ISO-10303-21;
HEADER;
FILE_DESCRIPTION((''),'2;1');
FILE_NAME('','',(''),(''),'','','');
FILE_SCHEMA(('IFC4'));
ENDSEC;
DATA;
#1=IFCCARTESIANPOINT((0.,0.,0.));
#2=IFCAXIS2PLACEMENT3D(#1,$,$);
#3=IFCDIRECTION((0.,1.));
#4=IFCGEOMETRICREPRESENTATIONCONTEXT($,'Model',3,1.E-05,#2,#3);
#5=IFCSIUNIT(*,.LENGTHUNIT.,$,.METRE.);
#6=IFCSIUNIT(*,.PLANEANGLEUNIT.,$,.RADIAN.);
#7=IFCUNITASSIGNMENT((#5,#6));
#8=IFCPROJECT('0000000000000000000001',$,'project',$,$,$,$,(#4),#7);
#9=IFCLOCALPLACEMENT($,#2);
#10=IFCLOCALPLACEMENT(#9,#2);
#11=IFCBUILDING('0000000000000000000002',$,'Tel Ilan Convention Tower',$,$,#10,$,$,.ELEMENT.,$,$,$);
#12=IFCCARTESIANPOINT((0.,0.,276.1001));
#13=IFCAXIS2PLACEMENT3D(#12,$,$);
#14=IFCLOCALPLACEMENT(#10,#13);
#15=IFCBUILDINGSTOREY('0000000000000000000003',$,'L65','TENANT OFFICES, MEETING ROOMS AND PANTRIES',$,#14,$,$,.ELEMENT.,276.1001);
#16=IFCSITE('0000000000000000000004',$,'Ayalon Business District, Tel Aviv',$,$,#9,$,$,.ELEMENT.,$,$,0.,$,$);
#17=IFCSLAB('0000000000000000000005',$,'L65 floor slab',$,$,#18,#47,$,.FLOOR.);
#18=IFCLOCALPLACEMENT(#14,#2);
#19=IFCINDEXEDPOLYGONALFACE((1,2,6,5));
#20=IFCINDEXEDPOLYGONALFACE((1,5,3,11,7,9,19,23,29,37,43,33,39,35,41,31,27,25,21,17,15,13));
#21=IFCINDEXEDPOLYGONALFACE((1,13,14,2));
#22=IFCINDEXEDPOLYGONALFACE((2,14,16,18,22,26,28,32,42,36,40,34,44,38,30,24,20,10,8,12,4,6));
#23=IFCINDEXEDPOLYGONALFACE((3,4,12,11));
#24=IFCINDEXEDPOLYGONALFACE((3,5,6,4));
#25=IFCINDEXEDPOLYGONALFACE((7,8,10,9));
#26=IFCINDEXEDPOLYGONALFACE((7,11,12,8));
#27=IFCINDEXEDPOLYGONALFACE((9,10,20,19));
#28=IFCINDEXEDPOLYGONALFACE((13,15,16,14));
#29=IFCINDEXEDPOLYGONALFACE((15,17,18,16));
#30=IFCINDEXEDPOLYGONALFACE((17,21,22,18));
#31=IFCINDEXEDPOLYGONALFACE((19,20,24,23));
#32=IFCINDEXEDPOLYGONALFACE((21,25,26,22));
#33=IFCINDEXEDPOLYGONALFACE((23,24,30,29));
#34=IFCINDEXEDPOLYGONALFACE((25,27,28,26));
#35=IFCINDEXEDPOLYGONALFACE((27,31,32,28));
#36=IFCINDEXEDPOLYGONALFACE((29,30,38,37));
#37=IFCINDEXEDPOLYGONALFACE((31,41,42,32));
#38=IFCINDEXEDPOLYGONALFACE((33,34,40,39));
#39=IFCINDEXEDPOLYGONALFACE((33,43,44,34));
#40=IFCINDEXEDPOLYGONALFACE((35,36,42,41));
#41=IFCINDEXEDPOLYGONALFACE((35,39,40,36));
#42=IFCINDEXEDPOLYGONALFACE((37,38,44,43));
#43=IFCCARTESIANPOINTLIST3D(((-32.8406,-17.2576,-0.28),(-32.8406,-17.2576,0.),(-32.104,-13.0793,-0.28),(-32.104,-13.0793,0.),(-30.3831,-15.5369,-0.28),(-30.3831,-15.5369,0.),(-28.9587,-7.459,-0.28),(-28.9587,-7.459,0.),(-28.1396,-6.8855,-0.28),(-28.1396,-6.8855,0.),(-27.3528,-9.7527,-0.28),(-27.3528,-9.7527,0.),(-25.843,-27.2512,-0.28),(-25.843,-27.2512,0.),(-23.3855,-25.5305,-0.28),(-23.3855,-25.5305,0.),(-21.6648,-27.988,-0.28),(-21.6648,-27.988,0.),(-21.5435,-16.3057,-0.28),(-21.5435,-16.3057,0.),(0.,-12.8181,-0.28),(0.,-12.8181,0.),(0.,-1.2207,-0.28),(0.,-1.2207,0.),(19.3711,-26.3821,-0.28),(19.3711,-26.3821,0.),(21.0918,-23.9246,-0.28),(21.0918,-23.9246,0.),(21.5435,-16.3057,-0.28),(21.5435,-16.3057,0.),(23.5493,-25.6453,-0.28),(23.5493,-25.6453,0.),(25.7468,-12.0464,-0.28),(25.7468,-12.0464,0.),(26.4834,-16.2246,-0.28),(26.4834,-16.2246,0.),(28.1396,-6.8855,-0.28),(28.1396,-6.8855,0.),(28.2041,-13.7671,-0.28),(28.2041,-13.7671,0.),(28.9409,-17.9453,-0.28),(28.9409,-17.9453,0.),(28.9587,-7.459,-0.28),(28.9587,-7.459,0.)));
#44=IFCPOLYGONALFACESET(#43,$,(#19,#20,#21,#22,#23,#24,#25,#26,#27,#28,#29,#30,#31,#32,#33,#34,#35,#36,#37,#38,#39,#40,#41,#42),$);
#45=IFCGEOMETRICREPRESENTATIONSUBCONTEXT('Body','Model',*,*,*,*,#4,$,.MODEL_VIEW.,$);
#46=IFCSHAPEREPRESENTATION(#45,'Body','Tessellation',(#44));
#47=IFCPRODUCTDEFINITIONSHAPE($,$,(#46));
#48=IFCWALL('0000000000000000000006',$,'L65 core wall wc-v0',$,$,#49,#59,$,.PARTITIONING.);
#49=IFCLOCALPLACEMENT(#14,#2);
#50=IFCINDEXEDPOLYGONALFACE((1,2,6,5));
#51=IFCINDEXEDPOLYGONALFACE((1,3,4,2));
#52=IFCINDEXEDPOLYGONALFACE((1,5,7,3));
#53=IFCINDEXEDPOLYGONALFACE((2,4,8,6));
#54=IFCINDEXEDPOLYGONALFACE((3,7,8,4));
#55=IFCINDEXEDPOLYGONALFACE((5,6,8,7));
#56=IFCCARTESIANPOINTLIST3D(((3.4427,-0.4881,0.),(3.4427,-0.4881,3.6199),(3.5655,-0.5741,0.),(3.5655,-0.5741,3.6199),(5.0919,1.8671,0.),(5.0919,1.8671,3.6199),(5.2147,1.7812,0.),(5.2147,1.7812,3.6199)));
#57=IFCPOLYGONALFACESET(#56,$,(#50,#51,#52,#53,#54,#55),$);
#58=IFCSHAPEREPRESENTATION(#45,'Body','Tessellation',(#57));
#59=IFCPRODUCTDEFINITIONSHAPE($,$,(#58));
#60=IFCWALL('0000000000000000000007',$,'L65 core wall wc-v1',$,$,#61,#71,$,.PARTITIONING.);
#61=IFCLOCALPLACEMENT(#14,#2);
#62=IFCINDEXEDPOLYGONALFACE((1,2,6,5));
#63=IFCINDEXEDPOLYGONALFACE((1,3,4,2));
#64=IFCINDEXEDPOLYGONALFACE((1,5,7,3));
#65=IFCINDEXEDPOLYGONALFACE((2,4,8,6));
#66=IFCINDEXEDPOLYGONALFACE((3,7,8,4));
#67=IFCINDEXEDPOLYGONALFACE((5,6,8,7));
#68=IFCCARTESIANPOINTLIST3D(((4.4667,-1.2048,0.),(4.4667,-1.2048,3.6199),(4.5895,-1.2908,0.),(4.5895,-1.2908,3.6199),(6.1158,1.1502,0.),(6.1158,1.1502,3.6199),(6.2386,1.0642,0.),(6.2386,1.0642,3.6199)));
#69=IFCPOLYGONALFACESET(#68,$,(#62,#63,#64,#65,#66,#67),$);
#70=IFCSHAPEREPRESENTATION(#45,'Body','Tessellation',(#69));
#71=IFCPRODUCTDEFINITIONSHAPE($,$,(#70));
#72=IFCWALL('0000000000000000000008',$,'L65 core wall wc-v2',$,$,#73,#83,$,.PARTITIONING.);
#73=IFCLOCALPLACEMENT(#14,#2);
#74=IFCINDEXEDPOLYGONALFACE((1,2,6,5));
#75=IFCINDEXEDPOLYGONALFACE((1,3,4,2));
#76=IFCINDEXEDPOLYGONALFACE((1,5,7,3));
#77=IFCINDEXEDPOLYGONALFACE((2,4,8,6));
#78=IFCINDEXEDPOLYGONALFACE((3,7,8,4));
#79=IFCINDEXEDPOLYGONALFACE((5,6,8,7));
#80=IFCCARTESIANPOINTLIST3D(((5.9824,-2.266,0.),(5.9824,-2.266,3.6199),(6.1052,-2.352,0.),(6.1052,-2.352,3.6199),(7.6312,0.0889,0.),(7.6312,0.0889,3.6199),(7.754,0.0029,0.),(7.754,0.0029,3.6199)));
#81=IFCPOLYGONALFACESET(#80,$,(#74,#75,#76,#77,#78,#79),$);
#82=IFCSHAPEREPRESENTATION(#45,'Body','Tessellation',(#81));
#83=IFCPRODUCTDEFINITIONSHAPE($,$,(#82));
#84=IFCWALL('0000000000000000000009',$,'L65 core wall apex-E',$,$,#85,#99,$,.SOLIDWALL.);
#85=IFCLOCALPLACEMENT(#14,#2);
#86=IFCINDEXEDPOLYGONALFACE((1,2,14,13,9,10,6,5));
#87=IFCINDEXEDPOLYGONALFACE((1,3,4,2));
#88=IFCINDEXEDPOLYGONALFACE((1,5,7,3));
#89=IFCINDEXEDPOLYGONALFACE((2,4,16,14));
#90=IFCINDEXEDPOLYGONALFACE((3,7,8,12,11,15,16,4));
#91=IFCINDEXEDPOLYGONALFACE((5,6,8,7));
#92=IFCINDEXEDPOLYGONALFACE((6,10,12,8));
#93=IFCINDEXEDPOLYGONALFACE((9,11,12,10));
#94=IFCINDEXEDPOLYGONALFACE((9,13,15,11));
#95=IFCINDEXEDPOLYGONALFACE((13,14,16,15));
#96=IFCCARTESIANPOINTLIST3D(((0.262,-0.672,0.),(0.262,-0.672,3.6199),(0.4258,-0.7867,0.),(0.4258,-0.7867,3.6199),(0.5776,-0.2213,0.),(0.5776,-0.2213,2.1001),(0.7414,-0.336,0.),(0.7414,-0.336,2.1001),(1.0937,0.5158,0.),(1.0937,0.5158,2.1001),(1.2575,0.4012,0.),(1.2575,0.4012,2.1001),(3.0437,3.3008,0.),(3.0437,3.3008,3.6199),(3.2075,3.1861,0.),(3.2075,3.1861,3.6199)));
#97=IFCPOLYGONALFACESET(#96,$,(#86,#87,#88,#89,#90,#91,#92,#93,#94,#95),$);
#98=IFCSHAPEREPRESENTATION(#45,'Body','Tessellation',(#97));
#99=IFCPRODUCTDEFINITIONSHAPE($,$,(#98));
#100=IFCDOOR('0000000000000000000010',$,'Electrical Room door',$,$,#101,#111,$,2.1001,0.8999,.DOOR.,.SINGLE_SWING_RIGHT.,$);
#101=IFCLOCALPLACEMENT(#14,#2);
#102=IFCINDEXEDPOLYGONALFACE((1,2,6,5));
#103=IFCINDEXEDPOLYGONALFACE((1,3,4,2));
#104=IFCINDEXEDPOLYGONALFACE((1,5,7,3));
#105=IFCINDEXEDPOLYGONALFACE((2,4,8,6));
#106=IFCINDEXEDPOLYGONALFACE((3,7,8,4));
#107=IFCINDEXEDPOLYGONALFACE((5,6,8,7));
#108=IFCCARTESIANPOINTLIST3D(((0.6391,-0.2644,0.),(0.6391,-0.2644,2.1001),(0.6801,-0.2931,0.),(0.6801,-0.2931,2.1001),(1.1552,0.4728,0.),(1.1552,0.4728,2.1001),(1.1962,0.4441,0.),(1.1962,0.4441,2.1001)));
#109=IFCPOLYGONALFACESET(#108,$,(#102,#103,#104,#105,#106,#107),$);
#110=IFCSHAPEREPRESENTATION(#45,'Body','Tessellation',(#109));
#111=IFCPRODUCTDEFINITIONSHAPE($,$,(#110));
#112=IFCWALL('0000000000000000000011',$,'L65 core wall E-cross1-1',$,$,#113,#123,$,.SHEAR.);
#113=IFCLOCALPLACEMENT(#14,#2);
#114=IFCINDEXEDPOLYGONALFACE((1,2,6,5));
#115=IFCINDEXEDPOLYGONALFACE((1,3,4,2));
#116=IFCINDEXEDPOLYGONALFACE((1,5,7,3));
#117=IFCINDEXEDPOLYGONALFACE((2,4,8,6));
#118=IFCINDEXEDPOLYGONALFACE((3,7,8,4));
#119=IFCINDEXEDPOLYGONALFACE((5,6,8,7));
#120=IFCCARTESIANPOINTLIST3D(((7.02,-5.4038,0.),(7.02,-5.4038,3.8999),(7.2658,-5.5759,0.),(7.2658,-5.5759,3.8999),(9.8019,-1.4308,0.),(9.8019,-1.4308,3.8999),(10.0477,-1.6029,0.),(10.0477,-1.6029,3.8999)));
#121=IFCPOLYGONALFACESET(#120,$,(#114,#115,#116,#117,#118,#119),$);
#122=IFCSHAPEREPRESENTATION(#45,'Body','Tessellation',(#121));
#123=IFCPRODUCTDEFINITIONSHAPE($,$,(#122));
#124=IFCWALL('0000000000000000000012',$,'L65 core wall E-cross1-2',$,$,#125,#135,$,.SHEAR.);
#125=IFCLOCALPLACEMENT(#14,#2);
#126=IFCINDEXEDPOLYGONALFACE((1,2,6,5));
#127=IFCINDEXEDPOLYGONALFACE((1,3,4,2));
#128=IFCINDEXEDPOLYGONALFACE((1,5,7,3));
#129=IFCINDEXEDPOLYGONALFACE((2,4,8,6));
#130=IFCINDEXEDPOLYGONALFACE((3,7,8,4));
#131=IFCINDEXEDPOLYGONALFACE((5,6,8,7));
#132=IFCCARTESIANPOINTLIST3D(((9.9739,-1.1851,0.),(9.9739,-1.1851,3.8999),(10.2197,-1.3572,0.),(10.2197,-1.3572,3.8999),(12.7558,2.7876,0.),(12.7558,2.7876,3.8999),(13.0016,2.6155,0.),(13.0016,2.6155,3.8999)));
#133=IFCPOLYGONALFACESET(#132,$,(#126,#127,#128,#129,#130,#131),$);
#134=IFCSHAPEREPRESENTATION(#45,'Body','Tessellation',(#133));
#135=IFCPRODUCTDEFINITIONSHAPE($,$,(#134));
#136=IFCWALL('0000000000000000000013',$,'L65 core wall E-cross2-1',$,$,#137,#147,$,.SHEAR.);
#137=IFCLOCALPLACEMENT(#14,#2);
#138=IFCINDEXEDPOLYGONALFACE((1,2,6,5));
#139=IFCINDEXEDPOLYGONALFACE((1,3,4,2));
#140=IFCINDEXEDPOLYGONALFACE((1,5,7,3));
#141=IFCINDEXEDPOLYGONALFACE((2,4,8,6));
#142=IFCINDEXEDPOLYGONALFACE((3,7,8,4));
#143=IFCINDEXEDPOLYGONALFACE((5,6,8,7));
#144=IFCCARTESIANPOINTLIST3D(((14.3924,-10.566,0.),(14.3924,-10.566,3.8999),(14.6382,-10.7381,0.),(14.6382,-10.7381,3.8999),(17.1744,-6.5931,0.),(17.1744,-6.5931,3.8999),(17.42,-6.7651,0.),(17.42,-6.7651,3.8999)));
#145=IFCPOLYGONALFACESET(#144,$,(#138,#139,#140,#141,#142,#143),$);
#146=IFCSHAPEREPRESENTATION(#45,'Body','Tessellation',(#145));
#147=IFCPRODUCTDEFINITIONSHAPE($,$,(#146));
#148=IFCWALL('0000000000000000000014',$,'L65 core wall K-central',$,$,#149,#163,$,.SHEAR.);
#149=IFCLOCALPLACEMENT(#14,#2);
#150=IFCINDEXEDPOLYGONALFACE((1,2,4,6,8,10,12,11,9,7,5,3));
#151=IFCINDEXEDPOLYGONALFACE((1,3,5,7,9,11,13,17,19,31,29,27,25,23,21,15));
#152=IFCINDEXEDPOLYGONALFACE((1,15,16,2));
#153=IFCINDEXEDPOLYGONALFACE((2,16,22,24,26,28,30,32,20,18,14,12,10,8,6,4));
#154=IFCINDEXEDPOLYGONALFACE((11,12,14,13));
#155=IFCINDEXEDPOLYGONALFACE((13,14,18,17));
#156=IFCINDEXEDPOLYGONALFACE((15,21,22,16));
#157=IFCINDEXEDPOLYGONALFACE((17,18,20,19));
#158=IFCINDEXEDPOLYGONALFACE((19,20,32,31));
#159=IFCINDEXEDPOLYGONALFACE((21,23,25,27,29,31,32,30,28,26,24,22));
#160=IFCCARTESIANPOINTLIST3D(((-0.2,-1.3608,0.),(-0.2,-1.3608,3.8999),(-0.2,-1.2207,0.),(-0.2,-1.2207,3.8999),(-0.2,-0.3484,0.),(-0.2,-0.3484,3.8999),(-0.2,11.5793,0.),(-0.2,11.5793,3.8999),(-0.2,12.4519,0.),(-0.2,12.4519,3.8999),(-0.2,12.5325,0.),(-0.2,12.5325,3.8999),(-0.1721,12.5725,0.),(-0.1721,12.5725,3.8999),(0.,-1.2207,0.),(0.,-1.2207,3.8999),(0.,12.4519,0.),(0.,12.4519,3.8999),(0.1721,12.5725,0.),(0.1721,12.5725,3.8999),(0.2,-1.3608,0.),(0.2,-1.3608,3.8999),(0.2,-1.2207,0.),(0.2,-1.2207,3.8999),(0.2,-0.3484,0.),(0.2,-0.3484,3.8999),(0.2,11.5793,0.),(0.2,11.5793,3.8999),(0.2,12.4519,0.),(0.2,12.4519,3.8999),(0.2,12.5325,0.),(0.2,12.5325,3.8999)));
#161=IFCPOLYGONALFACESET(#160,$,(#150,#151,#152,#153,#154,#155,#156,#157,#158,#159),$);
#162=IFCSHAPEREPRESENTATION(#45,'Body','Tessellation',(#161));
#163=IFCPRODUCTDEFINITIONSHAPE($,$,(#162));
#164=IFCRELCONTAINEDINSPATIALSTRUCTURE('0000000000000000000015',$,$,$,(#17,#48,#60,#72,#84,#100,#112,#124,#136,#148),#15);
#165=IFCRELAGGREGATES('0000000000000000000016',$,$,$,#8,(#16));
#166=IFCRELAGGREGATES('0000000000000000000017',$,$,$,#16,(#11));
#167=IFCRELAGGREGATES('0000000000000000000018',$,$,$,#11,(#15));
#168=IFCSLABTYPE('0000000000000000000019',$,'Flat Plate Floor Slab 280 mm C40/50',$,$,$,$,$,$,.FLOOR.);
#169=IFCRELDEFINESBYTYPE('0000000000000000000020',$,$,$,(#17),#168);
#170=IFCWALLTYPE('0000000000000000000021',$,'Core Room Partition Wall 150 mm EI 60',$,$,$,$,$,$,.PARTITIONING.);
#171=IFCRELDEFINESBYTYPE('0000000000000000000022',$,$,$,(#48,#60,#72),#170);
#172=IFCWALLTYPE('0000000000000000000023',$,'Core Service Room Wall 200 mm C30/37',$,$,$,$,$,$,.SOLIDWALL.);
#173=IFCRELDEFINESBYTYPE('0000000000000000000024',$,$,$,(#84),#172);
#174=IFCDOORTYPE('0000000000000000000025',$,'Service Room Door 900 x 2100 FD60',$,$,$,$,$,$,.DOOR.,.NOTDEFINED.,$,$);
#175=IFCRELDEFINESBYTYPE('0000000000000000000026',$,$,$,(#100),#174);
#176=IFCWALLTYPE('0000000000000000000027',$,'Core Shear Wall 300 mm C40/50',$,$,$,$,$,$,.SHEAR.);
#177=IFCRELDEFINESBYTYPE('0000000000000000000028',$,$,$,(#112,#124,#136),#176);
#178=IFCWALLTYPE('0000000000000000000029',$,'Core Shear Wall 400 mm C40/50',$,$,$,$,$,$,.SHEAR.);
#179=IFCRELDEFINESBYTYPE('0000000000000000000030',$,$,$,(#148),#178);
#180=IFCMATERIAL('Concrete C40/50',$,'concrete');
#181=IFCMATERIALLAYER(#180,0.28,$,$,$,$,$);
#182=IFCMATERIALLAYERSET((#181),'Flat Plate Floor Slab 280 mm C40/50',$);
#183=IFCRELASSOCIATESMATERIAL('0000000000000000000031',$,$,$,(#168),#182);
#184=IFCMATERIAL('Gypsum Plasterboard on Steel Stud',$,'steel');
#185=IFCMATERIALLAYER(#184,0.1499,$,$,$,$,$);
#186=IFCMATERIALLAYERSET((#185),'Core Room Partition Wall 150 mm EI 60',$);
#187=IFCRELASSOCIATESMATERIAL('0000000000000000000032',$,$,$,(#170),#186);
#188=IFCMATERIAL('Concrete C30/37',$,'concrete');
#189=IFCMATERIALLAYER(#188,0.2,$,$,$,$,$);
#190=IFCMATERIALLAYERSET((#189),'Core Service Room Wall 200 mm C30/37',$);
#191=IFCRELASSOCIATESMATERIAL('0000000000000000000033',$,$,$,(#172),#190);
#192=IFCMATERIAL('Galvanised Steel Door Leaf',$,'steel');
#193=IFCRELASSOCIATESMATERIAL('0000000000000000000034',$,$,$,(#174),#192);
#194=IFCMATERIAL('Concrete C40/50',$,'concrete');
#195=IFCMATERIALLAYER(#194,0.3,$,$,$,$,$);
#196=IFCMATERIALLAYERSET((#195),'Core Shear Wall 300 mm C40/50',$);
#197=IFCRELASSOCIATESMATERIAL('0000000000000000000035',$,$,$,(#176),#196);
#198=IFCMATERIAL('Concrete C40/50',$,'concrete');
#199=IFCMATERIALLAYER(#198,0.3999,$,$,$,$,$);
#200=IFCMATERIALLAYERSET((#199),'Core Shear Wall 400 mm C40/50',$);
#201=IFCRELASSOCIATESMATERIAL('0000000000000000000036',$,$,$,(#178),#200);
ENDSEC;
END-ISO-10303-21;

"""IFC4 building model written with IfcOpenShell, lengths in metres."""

from ifc_helpers import new_model, si_unit, direction, frame, frame_2d, origin, place, context, subcontext, project, spatial, polyline, rectangle, outline, extrude, material, layer, layer_set, type_object, element, fill, save


model = new_model("IFC4")

# Units and contexts
model_context = context("Model", 3, precision=1e-05, world=origin(), true_north=direction((0.0, 1.0)))
body_context = subcontext(model_context, "Body", "Model", "MODEL_VIEW")
ifc_project = project(units=[si_unit("LENGTHUNIT", "METRE"), si_unit("PLANEANGLEUNIT", "RADIAN")], contexts=[model_context])

# Site, building, storey
site_placement = place(None, origin())
site = spatial("IfcSite", under=ifc_project, at=site_placement, Name="Ayalon Business District, Tel Aviv", CompositionType="ELEMENT", RefElevation=0.0)
building_placement = place(site_placement, origin())
building = spatial("IfcBuilding", under=site, at=building_placement, Name="Tel Ilan Convention Tower", CompositionType="ELEMENT")
storey_placement = place(building_placement, frame((0.0, 0.0, 276.1001)))
storey = spatial("IfcBuildingStorey", under=building, at=storey_placement, Name="L65", Description="TENANT OFFICES, MEETING ROOMS AND PANTRIES", CompositionType="ELEMENT", Elevation=276.1001)

# Slab
ifc_material_1 = material(Name="Concrete C40/50", Category="concrete")
ifc_layer_1 = layer(ifc_material_1, 0.28)
ifc_layer_set_1 = layer_set([ifc_layer_1], Name="Flat Plate Floor Slab 280 mm C40/50")
slab_type_1 = type_object("IfcSlabType", Name="Flat Plate Floor Slab 280 mm C40/50", PredefinedType="FLOOR", material=ifc_layer_set_1)
slab_1_placement = place(storey_placement, frame((0.0, 0.0, -0.28)))
element("IfcSlab", 1, at=slab_1_placement, inside=storey, type_object=slab_type_1, Name="L65 floor slab", PredefinedType="FLOOR", context=body_context, shape_type="SweptSolid", body=[
    extrude(outline(polyline([(-21.5435, -16.3057), (0.0, -1.2207), (21.5435, -16.3057), (28.1396, -6.8855), (28.9587, -7.459), (25.7468, -12.0464), (28.2041, -13.7671), (26.4834, -16.2246), (28.9409, -17.9453), (23.5493, -25.6453), (21.0918, -23.9246), (19.3711, -26.3821), (0.0, -12.8181), (-21.6648, -27.988), (-23.3855, -25.5305), (-25.843, -27.2512), (-32.8406, -17.2576), (-30.3831, -15.5369), (-32.104, -13.0793), (-27.3528, -9.7527), (-28.9587, -7.459), (-28.1396, -6.8855), (-21.5435, -16.3057)])), origin(), (0.0, 0.0, 1.0), 0.28),
])

# Walls
ifc_material_2 = material(Name="Gypsum Plasterboard on Steel Stud", Category="steel")
ifc_layer_2 = layer(ifc_material_2, 0.1499)
ifc_layer_set_2 = layer_set([ifc_layer_2], Name="Core Room Partition Wall 150 mm EI 60")
wall_type_1 = type_object("IfcWallType", Name="Core Room Partition Wall 150 mm EI 60", PredefinedType="PARTITIONING", material=ifc_layer_set_2)
wall_1_placement = place(storey_placement, frame((3.5042, -0.531, 0.0), z_axis=(0.0, 0.0, 1.0), x_axis=(0.573582, 0.819148, 0.0)))
element("IfcWall", 2, at=wall_1_placement, inside=storey, type_object=wall_type_1, Name="L65 core wall wc-v0", PredefinedType="PARTITIONING", context=body_context, shape_type="SweptSolid", body=[
    extrude(rectangle(XDim=2.8752, YDim=0.1499, at=frame_2d((1.4375, 0.0))), origin(), (0.0, 0.0, 1.0), 3.6199),
])
wall_2_placement = place(storey_placement, frame((4.5281, -1.2478, 0.0), z_axis=(0.0, 0.0, 1.0), x_axis=(0.573622, 0.81912, 0.0)))
element("IfcWall", 3, at=wall_2_placement, inside=storey, type_object=wall_type_1, Name="L65 core wall wc-v1", PredefinedType="PARTITIONING", context=body_context, shape_type="SweptSolid", body=[
    extrude(rectangle(XDim=2.875, YDim=0.1499, at=frame_2d((1.4375, 0.0))), origin(), (0.0, 0.0, 1.0), 3.6199),
])
wall_3_placement = place(storey_placement, frame((6.0437, -2.3091, 0.0), z_axis=(0.0, 0.0, 1.0), x_axis=(0.573565, 0.81916, 0.0)))
element("IfcWall", 4, at=wall_3_placement, inside=storey, type_object=wall_type_1, Name="L65 core wall wc-v2", PredefinedType="PARTITIONING", context=body_context, shape_type="SweptSolid", body=[
    extrude(rectangle(XDim=2.8748, YDim=0.1499, at=frame_2d((1.4375, 0.0))), origin(), (0.0, 0.0, 1.0), 3.6199),
])

# Wall, opening, door
ifc_material_3 = material(Name="Concrete C30/37", Category="concrete")
ifc_layer_3 = layer(ifc_material_3, 0.2)
ifc_layer_set_3 = layer_set([ifc_layer_3], Name="Core Service Room Wall 200 mm C30/37")
wall_type_2 = type_object("IfcWallType", Name="Core Service Room Wall 200 mm C30/37", PredefinedType="SOLIDWALL", material=ifc_layer_set_3)
wall_4_placement = place(storey_placement, frame((0.344, -0.7292, 0.0), z_axis=(0.0, 0.0, 1.0), x_axis=(0.57356, 0.819163, 0.0)))
wall_4 = element("IfcWall", 5, at=wall_4_placement, inside=storey, type_object=wall_type_2, Name="L65 core wall apex-E", PredefinedType="SOLIDWALL", context=body_context, shape_type="SweptSolid", body=[
    extrude(rectangle(XDim=4.8499, YDim=0.2, at=frame_2d((2.4248, 0.0))), origin(), (0.0, 0.0, 1.0), 3.6199),
])
opening_1_placement = place(wall_4_placement, frame((0.55, 0.0, 0.0)))
opening_1 = element("IfcOpeningElement", 6, at=opening_1_placement, cuts=wall_4, PredefinedType="OPENING", context=body_context, shape_type="SweptSolid", body=[
    extrude(rectangle(XDim=0.8999, YDim=2.1001, at=frame_2d((0.45, 1.05))), frame((0.0, 0.1099, 0.0), z_axis=(0.0, -1.0, 0.0), x_axis=(1.0, 0.0, 0.0)), (0.0, 0.0, 1.0), 0.22),
])
ifc_material_4 = material(Name="Galvanised Steel Door Leaf", Category="steel")
door_type_1 = type_object("IfcDoorType", Name="Service Room Door 900 x 2100 FD60", OperationType="NOTDEFINED", PredefinedType="DOOR", material=ifc_material_4)
door_1_placement = place(opening_1_placement, origin())
door_1 = element("IfcDoor", 7, at=door_1_placement, inside=storey, type_object=door_type_1, Name="Electrical Room door", OperationType="SINGLE_SWING_RIGHT", OverallHeight=2.1001, OverallWidth=0.8999, PredefinedType="DOOR", context=body_context, shape_type="SweptSolid", body=[
    extrude(rectangle(XDim=0.8999, YDim=2.1001, at=frame_2d((0.45, 1.05))), frame((0.0, 0.0249, 0.0), z_axis=(0.0, -1.0, 0.0), x_axis=(1.0, 0.0, 0.0)), (0.0, 0.0, 1.0), 0.05),
])
fill(opening_1, door_1)

# Walls
ifc_material_5 = material(Name="Concrete C40/50", Category="concrete")
ifc_layer_4 = layer(ifc_material_5, 0.3)
ifc_layer_set_4 = layer_set([ifc_layer_4], Name="Core Shear Wall 300 mm C40/50")
wall_type_3 = type_object("IfcWallType", Name="Core Shear Wall 300 mm C40/50", PredefinedType="SHEAR", material=ifc_layer_set_4)
wall_5_placement = place(storey_placement, frame((7.1428, -5.4897, 0.0), z_axis=(0.0, 0.0, 1.0), x_axis=(0.573618, 0.819123, 0.0)))
element("IfcWall", 8, at=wall_5_placement, inside=storey, type_object=wall_type_3, Name="L65 core wall E-cross1-1", PredefinedType="SHEAR", context=body_context, shape_type="SweptSolid", body=[
    extrude(outline(polyline([(0.0, 0.1499), (0.0, -0.1501), (4.8501, -0.1499), (4.8501, 0.1501), (0.0, 0.1499)])), origin(), (0.0, 0.0, 1.0), 3.8999),
])
wall_6_placement = place(storey_placement, frame((10.0969, -1.2712, 0.0), z_axis=(0.0, 0.0, 1.0), x_axis=(0.57356, 0.819163, 0.0)))
element("IfcWall", 9, at=wall_6_placement, inside=storey, type_object=wall_type_3, Name="L65 core wall E-cross1-2", PredefinedType="SHEAR", context=body_context, shape_type="SweptSolid", body=[
    extrude(outline(polyline([(4.8499, -0.1501), (4.8499, 0.1499), (0.0, 0.1501), (0.0, -0.1499), (4.8499, -0.1501)])), origin(), (0.0, 0.0, 1.0), 3.8999),
])
wall_7_placement = place(storey_placement, frame((14.5154, -10.6521, 0.0), z_axis=(0.0, 0.0, 1.0), x_axis=(0.57356, 0.819163, 0.0)))
element("IfcWall", 10, at=wall_7_placement, inside=storey, type_object=wall_type_3, Name="L65 core wall E-cross2-1", PredefinedType="SHEAR", context=body_context, shape_type="SweptSolid", body=[
    extrude(outline(polyline([(0.0, 0.1501), (0.0, -0.1499), (4.8501, -0.1499), (4.8501, 0.1499), (0.0, 0.1501)])), origin(), (0.0, 0.0, 1.0), 3.8999),
])
ifc_material_6 = material(Name="Concrete C40/50", Category="concrete")
ifc_layer_5 = layer(ifc_material_6, 0.3999)
ifc_layer_set_5 = layer_set([ifc_layer_5], Name="Core Shear Wall 400 mm C40/50")
wall_type_4 = type_object("IfcWallType", Name="Core Shear Wall 400 mm C40/50", PredefinedType="SHEAR", material=ifc_layer_set_5)
wall_8_placement = place(storey_placement, frame((0.0, -1.3608, 0.0), z_axis=(0.0, 0.0, 1.0), x_axis=(0.0, 1.0, 0.0)))
element("IfcWall", 11, at=wall_8_placement, inside=storey, type_object=wall_type_4, Name="L65 core wall K-central", PredefinedType="SHEAR", context=body_context, shape_type="SweptSolid", body=[
    extrude(outline(polyline([(0.1401, 0.2), (0.0, 0.2), (0.1401, 0.0), (0.0, -0.2), (0.1401, -0.2), (1.0125, -0.2), (12.9402, -0.2), (13.8127, -0.2), (13.8933, -0.2), (13.9333, -0.1721), (13.8127, 0.0), (13.9333, 0.1721), (13.8933, 0.2), (13.8127, 0.2), (12.9402, 0.2), (1.0125, 0.2), (0.1401, 0.2)])), origin(), (0.0, 0.0, 1.0), 3.8999),
])

save(model, "model.ifc")
